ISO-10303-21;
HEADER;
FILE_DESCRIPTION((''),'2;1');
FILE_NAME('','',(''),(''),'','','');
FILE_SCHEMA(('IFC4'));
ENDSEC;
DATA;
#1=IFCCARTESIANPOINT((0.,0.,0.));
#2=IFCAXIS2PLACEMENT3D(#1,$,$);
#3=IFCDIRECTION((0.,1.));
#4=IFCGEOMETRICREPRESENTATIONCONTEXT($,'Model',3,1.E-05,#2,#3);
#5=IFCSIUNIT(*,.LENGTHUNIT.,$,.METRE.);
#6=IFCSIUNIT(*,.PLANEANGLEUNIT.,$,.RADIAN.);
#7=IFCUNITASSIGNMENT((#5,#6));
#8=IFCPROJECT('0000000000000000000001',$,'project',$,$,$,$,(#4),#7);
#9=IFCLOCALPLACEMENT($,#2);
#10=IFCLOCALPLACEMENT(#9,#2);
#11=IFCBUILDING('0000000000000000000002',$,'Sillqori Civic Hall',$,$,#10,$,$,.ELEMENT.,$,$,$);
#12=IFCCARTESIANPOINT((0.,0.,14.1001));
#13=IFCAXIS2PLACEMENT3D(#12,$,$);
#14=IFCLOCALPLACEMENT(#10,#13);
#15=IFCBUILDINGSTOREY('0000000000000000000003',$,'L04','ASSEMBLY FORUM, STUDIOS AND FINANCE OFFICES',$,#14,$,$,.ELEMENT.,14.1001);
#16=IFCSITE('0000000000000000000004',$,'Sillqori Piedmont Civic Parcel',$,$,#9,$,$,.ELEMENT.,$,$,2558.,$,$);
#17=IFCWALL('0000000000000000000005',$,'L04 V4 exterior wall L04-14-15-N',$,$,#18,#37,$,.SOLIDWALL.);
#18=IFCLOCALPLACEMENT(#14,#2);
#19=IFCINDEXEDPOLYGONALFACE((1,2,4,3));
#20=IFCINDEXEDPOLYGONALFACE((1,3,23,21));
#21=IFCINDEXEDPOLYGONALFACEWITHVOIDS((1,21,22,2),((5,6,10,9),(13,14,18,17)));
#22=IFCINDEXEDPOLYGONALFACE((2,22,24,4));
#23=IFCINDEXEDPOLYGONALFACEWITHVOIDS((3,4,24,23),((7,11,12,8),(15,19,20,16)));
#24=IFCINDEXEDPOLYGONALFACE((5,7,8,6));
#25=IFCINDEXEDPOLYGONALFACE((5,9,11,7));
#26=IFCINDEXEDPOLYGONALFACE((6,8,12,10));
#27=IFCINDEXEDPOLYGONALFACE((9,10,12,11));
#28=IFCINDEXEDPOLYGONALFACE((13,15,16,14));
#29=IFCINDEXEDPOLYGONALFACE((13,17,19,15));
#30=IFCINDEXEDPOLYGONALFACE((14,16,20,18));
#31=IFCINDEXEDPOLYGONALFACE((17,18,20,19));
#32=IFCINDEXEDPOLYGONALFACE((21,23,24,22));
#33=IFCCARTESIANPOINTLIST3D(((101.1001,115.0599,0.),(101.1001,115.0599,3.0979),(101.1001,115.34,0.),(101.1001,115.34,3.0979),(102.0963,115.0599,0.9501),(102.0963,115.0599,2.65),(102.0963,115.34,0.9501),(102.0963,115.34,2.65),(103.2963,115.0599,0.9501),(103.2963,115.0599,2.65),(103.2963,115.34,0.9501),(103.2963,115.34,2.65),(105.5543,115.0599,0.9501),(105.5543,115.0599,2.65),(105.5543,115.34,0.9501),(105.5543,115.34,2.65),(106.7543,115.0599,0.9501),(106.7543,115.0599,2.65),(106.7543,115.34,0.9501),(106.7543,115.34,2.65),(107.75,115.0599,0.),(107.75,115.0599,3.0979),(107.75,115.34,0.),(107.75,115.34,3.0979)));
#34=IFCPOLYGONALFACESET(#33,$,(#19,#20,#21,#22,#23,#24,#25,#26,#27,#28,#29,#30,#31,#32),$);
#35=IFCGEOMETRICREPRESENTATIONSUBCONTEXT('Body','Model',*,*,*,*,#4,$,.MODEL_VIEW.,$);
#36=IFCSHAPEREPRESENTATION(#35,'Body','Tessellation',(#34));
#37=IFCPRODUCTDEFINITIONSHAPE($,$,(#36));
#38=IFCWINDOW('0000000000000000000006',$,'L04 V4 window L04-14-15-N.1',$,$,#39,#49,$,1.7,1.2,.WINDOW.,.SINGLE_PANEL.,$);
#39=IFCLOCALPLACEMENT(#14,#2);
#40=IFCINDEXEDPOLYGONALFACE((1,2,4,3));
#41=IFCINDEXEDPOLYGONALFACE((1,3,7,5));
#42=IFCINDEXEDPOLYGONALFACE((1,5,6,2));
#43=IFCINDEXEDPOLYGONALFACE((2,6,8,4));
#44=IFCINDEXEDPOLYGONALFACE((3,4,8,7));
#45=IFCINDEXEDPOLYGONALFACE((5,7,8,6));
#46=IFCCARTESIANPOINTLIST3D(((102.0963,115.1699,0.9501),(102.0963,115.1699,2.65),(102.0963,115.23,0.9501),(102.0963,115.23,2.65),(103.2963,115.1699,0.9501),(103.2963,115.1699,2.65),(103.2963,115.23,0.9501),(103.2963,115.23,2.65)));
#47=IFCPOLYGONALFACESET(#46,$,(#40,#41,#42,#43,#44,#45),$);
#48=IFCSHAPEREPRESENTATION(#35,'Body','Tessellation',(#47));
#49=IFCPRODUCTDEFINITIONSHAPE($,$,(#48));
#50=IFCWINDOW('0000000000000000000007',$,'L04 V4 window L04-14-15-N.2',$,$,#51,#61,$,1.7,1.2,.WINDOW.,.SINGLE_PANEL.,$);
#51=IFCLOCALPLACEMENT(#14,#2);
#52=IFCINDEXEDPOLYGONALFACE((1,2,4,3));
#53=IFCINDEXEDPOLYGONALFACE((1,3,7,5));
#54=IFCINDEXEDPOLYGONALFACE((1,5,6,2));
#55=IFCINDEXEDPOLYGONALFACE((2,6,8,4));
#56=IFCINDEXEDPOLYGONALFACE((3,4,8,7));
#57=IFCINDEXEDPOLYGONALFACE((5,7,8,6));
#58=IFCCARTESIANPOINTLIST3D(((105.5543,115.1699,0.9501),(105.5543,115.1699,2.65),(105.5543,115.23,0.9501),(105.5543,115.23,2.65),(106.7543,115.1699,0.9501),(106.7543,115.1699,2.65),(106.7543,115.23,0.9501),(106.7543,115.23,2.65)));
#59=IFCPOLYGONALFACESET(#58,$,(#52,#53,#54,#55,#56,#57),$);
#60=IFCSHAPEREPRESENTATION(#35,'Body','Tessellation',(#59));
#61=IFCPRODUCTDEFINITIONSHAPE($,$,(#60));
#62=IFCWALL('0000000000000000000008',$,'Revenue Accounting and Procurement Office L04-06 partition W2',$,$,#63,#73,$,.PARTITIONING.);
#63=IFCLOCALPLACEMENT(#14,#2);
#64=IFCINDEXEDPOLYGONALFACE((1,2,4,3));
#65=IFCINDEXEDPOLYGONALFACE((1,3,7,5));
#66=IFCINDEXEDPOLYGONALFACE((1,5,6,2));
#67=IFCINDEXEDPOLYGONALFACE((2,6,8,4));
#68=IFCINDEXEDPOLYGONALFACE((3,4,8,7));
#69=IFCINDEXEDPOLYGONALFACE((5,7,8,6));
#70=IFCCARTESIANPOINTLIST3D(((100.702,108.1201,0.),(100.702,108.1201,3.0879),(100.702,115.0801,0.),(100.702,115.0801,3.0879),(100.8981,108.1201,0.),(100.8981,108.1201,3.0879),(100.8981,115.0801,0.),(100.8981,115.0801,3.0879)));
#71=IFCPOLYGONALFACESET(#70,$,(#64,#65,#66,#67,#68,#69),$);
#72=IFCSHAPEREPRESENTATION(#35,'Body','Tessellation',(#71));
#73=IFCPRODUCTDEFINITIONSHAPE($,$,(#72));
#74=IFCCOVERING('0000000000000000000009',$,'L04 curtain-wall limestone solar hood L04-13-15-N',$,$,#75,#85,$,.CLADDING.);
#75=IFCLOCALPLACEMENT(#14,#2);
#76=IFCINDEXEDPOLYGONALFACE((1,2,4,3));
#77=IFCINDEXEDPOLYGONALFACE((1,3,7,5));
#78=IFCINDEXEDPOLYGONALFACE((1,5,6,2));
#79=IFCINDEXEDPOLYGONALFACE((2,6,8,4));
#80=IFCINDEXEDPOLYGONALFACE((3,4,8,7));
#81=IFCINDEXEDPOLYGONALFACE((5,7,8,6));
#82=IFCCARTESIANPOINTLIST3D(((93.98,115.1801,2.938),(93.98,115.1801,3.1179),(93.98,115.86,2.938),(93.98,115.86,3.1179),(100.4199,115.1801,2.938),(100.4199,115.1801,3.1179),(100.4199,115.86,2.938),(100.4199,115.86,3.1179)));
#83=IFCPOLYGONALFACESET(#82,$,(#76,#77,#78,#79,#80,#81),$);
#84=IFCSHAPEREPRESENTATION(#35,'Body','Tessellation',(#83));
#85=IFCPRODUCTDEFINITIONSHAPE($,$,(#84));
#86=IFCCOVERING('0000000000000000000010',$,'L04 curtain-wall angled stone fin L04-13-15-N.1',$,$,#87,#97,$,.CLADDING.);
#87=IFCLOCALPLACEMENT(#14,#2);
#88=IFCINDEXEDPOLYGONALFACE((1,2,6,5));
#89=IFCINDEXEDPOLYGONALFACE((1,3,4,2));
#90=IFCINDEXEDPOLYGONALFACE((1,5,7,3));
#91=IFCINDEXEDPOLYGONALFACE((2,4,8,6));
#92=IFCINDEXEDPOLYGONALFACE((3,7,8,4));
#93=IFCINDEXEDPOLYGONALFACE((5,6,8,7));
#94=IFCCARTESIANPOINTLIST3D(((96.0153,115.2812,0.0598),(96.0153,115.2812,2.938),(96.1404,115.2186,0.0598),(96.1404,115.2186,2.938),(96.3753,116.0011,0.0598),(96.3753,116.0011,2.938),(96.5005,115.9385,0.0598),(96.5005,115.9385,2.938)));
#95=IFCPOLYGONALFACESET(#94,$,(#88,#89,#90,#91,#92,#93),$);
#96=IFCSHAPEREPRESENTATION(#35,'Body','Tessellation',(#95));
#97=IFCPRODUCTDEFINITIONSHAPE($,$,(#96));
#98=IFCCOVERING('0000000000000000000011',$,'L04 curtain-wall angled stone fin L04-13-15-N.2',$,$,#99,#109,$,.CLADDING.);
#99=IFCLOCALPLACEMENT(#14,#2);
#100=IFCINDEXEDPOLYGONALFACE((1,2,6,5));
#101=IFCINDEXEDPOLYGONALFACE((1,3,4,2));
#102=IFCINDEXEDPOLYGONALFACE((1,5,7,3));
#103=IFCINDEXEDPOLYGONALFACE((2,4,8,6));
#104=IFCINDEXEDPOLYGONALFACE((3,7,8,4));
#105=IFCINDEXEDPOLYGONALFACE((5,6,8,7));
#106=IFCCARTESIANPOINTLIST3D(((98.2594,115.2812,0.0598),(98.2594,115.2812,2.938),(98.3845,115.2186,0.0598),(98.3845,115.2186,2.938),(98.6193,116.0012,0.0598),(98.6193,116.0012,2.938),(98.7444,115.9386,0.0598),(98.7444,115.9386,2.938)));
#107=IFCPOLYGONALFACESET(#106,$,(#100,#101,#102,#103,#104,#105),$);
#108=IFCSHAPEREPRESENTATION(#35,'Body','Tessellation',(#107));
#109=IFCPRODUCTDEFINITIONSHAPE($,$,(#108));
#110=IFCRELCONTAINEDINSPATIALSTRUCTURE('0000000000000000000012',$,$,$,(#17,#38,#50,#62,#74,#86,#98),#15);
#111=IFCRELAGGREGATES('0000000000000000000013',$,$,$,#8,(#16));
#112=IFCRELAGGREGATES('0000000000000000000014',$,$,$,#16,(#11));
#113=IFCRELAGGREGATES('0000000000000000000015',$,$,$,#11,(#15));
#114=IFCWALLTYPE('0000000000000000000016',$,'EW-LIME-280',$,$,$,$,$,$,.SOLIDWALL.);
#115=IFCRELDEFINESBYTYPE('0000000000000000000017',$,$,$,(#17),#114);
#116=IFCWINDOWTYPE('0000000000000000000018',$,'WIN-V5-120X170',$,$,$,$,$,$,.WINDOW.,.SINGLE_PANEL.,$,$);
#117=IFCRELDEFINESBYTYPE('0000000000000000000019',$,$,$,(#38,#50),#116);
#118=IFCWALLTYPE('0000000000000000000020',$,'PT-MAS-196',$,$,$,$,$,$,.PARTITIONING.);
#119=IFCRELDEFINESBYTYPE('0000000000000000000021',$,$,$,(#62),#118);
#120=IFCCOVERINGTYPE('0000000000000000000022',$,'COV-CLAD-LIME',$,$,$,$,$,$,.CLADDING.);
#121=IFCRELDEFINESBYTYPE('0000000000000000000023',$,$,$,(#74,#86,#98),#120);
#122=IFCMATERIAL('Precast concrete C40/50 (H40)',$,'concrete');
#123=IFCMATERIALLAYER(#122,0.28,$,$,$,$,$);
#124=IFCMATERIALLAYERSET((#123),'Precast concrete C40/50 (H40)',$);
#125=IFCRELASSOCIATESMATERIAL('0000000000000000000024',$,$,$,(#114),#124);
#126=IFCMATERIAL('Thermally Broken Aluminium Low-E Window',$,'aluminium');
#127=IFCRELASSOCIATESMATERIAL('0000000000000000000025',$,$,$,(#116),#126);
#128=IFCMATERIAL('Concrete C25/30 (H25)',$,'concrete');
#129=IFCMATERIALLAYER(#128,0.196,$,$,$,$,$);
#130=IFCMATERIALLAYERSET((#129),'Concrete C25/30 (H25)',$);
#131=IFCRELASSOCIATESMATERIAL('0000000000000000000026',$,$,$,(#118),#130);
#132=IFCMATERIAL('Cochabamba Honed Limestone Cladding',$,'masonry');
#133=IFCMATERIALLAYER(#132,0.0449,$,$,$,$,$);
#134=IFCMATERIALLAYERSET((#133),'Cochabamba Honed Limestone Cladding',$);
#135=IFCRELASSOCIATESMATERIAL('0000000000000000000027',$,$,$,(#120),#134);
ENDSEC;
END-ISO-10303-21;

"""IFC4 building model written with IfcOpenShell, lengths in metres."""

from ifc_helpers import new_model, si_unit, direction, frame, frame_2d, origin, place, context, subcontext, project, spatial, rectangle, extrude, material, layer, layer_set, type_object, element, fill, save


model = new_model("IFC4")

# Units and contexts
model_context = context("Model", 3, precision=1e-05, world=origin(), true_north=direction((0.0, 1.0)))
body_context = subcontext(model_context, "Body", "Model", "MODEL_VIEW")
ifc_project = project(units=[si_unit("LENGTHUNIT", "METRE"), si_unit("PLANEANGLEUNIT", "RADIAN")], contexts=[model_context])

# Site, building, storey
site_placement = place(None, origin())
site = spatial("IfcSite", under=ifc_project, at=site_placement, Name="Sillqori Piedmont Civic Parcel", CompositionType="ELEMENT", RefElevation=2558.0)
building_placement = place(site_placement, origin())
building = spatial("IfcBuilding", under=site, at=building_placement, Name="Sillqori Civic Hall", CompositionType="ELEMENT")
storey_placement = place(building_placement, frame((0.0, 0.0, 14.1001)))
storey = spatial("IfcBuildingStorey", under=building, at=storey_placement, Name="L04", Description="ASSEMBLY FORUM, STUDIOS AND FINANCE OFFICES", CompositionType="ELEMENT", Elevation=14.1001)

# Wall, openings, windows
ifc_material_1 = material(Name="Precast concrete C40/50 (H40)", Category="concrete")
ifc_layer_1 = layer(ifc_material_1, 0.28)
ifc_layer_set_1 = layer_set([ifc_layer_1], Name="Precast concrete C40/50 (H40)")
wall_type_1 = type_object("IfcWallType", Name="EW-LIME-280", PredefinedType="SOLIDWALL", material=ifc_layer_set_1)
wall_1_placement = place(storey_placement, frame((101.1001, 115.2, 0.0), z_axis=(0.0, 0.0, 1.0), x_axis=(1.0, 0.0, 0.0)))
wall_1 = element("IfcWall", 1, at=wall_1_placement, inside=storey, type_object=wall_type_1, Name="L04 V4 exterior wall L04-14-15-N", PredefinedType="SOLIDWALL", context=body_context, shape_type="SweptSolid", body=[
    extrude(rectangle(XDim=6.6499, YDim=0.28, at=frame_2d((3.325, 0.0))), origin(), (0.0, 0.0, 1.0), 3.0979),
])
opening_1_placement = place(wall_1_placement, frame((0.9961, 0.0, 0.95)))
opening_1 = element("IfcOpeningElement", 2, at=opening_1_placement, cuts=wall_1, PredefinedType="OPENING", context=body_context, shape_type="SweptSolid", body=[
    extrude(rectangle(XDim=1.2, YDim=1.7, at=frame_2d((0.6001, 0.8501))), frame((0.0, 0.1499, 0.0), z_axis=(0.0, -1.0, 0.0), x_axis=(1.0, 0.0, 0.0)), (0.0, 0.0, 1.0), 0.3),
])
opening_2_placement = place(wall_1_placement, frame((4.4541, 0.0, 0.95)))
opening_2 = element("IfcOpeningElement", 3, at=opening_2_placement, cuts=wall_1, PredefinedType="OPENING", context=body_context, shape_type="SweptSolid", body=[
    extrude(rectangle(XDim=1.2, YDim=1.7, at=frame_2d((0.6001, 0.8501))), frame((0.0, 0.1499, 0.0), z_axis=(0.0, -1.0, 0.0), x_axis=(1.0, 0.0, 0.0)), (0.0, 0.0, 1.0), 0.3),
])
ifc_material_2 = material(Name="Thermally Broken Aluminium Low-E Window", Category="aluminium")
window_type = type_object("IfcWindowType", Name="WIN-V5-120X170", PartitioningType="SINGLE_PANEL", PredefinedType="WINDOW", material=ifc_material_2)
window_1_placement = place(opening_1_placement, origin())
window_1 = element("IfcWindow", 4, at=window_1_placement, inside=storey, type_object=window_type, Name="L04 V4 window L04-14-15-N.1", OverallHeight=1.7, OverallWidth=1.2, PartitioningType="SINGLE_PANEL", PredefinedType="WINDOW", context=body_context, shape_type="SweptSolid", body=[
    extrude(rectangle(XDim=1.2, YDim=1.7, at=frame_2d((0.6001, 0.8501))), frame((0.0, 0.03, 0.0), z_axis=(0.0, -1.0, 0.0), x_axis=(1.0, 0.0, 0.0)), (0.0, 0.0, 1.0), 0.0601),
])
fill(opening_1, window_1)
window_2_placement = place(opening_2_placement, origin())
window_2 = element("IfcWindow", 5, at=window_2_placement, inside=storey, type_object=window_type, Name="L04 V4 window L04-14-15-N.2", OverallHeight=1.7, OverallWidth=1.2, PartitioningType="SINGLE_PANEL", PredefinedType="WINDOW", context=body_context, shape_type="SweptSolid", body=[
    extrude(rectangle(XDim=1.2, YDim=1.7, at=frame_2d((0.6001, 0.8501))), frame((0.0, 0.03, 0.0), z_axis=(0.0, -1.0, 0.0), x_axis=(1.0, 0.0, 0.0)), (0.0, 0.0, 1.0), 0.0601),
])
fill(opening_2, window_2)

# Wall
ifc_material_3 = material(Name="Concrete C25/30 (H25)", Category="concrete")
ifc_layer_2 = layer(ifc_material_3, 0.196)
ifc_layer_set_2 = layer_set([ifc_layer_2], Name="Concrete C25/30 (H25)")
wall_type_2 = type_object("IfcWallType", Name="PT-MAS-196", PredefinedType="PARTITIONING", material=ifc_layer_set_2)
wall_2_placement = place(storey_placement, frame((100.8, 108.1201, 0.0), z_axis=(0.0, 0.0, 1.0), x_axis=(0.0, 1.0, 0.0)))
element("IfcWall", 6, at=wall_2_placement, inside=storey, type_object=wall_type_2, Name="Revenue Accounting and Procurement Office L04-06 partition W2", PredefinedType="PARTITIONING", context=body_context, shape_type="SweptSolid", body=[
    extrude(rectangle(XDim=6.96, YDim=0.196, at=frame_2d((3.48, 0.0))), origin(), (0.0, 0.0, 1.0), 3.0879),
])

# Coverings
ifc_material_4 = material(Name="Cochabamba Honed Limestone Cladding", Category="masonry")
ifc_layer_3 = layer(ifc_material_4, 0.0449)
ifc_layer_set_3 = layer_set([ifc_layer_3], Name="Cochabamba Honed Limestone Cladding")
covering_type = type_object("IfcCoveringType", Name="COV-CLAD-LIME", PredefinedType="CLADDING", material=ifc_layer_set_3)
covering_placement = place(storey_placement, frame((93.98, 115.52, 2.938), z_axis=(0.0, 0.0, 1.0), x_axis=(1.0, 0.0, 0.0)))
element("IfcCovering", 7, at=covering_placement, inside=storey, type_object=covering_type, Name="L04 curtain-wall limestone solar hood L04-13-15-N", PredefinedType="CLADDING", context=body_context, shape_type="SweptSolid", body=[
    extrude(rectangle(XDim=6.4399, YDim=0.6799, at=frame_2d((3.22, 0.0))), origin(), (0.0, 0.0, 1.0), 0.1799),
])
for number, where, z_axis, x_axis, name in (
    (8, (96.0779, 115.25, 0.0598), (0.0, 0.0, 1.0), (0.447335, 0.894367, 0.0), "L04 curtain-wall angled stone fin L04-13-15-N.1"),
    (9, (98.322, 115.25, 0.0598), (0.0, 0.0, 1.0), (0.447092, 0.894488, 0.0), "L04 curtain-wall angled stone fin L04-13-15-N.2"),
):
    element("IfcCovering", number, at=place(storey_placement, frame(where, z_axis=z_axis, x_axis=x_axis)), inside=storey, type_object=covering_type, Name=name, PredefinedType="CLADDING", context=body_context, shape_type="SweptSolid", body=[
        extrude(rectangle(XDim=0.8049, YDim=0.1399, at=frame_2d((0.4023, 0.0))), origin(), (0.0, 0.0, 1.0), 2.8782),
    ])

save(model, "model.ifc")
